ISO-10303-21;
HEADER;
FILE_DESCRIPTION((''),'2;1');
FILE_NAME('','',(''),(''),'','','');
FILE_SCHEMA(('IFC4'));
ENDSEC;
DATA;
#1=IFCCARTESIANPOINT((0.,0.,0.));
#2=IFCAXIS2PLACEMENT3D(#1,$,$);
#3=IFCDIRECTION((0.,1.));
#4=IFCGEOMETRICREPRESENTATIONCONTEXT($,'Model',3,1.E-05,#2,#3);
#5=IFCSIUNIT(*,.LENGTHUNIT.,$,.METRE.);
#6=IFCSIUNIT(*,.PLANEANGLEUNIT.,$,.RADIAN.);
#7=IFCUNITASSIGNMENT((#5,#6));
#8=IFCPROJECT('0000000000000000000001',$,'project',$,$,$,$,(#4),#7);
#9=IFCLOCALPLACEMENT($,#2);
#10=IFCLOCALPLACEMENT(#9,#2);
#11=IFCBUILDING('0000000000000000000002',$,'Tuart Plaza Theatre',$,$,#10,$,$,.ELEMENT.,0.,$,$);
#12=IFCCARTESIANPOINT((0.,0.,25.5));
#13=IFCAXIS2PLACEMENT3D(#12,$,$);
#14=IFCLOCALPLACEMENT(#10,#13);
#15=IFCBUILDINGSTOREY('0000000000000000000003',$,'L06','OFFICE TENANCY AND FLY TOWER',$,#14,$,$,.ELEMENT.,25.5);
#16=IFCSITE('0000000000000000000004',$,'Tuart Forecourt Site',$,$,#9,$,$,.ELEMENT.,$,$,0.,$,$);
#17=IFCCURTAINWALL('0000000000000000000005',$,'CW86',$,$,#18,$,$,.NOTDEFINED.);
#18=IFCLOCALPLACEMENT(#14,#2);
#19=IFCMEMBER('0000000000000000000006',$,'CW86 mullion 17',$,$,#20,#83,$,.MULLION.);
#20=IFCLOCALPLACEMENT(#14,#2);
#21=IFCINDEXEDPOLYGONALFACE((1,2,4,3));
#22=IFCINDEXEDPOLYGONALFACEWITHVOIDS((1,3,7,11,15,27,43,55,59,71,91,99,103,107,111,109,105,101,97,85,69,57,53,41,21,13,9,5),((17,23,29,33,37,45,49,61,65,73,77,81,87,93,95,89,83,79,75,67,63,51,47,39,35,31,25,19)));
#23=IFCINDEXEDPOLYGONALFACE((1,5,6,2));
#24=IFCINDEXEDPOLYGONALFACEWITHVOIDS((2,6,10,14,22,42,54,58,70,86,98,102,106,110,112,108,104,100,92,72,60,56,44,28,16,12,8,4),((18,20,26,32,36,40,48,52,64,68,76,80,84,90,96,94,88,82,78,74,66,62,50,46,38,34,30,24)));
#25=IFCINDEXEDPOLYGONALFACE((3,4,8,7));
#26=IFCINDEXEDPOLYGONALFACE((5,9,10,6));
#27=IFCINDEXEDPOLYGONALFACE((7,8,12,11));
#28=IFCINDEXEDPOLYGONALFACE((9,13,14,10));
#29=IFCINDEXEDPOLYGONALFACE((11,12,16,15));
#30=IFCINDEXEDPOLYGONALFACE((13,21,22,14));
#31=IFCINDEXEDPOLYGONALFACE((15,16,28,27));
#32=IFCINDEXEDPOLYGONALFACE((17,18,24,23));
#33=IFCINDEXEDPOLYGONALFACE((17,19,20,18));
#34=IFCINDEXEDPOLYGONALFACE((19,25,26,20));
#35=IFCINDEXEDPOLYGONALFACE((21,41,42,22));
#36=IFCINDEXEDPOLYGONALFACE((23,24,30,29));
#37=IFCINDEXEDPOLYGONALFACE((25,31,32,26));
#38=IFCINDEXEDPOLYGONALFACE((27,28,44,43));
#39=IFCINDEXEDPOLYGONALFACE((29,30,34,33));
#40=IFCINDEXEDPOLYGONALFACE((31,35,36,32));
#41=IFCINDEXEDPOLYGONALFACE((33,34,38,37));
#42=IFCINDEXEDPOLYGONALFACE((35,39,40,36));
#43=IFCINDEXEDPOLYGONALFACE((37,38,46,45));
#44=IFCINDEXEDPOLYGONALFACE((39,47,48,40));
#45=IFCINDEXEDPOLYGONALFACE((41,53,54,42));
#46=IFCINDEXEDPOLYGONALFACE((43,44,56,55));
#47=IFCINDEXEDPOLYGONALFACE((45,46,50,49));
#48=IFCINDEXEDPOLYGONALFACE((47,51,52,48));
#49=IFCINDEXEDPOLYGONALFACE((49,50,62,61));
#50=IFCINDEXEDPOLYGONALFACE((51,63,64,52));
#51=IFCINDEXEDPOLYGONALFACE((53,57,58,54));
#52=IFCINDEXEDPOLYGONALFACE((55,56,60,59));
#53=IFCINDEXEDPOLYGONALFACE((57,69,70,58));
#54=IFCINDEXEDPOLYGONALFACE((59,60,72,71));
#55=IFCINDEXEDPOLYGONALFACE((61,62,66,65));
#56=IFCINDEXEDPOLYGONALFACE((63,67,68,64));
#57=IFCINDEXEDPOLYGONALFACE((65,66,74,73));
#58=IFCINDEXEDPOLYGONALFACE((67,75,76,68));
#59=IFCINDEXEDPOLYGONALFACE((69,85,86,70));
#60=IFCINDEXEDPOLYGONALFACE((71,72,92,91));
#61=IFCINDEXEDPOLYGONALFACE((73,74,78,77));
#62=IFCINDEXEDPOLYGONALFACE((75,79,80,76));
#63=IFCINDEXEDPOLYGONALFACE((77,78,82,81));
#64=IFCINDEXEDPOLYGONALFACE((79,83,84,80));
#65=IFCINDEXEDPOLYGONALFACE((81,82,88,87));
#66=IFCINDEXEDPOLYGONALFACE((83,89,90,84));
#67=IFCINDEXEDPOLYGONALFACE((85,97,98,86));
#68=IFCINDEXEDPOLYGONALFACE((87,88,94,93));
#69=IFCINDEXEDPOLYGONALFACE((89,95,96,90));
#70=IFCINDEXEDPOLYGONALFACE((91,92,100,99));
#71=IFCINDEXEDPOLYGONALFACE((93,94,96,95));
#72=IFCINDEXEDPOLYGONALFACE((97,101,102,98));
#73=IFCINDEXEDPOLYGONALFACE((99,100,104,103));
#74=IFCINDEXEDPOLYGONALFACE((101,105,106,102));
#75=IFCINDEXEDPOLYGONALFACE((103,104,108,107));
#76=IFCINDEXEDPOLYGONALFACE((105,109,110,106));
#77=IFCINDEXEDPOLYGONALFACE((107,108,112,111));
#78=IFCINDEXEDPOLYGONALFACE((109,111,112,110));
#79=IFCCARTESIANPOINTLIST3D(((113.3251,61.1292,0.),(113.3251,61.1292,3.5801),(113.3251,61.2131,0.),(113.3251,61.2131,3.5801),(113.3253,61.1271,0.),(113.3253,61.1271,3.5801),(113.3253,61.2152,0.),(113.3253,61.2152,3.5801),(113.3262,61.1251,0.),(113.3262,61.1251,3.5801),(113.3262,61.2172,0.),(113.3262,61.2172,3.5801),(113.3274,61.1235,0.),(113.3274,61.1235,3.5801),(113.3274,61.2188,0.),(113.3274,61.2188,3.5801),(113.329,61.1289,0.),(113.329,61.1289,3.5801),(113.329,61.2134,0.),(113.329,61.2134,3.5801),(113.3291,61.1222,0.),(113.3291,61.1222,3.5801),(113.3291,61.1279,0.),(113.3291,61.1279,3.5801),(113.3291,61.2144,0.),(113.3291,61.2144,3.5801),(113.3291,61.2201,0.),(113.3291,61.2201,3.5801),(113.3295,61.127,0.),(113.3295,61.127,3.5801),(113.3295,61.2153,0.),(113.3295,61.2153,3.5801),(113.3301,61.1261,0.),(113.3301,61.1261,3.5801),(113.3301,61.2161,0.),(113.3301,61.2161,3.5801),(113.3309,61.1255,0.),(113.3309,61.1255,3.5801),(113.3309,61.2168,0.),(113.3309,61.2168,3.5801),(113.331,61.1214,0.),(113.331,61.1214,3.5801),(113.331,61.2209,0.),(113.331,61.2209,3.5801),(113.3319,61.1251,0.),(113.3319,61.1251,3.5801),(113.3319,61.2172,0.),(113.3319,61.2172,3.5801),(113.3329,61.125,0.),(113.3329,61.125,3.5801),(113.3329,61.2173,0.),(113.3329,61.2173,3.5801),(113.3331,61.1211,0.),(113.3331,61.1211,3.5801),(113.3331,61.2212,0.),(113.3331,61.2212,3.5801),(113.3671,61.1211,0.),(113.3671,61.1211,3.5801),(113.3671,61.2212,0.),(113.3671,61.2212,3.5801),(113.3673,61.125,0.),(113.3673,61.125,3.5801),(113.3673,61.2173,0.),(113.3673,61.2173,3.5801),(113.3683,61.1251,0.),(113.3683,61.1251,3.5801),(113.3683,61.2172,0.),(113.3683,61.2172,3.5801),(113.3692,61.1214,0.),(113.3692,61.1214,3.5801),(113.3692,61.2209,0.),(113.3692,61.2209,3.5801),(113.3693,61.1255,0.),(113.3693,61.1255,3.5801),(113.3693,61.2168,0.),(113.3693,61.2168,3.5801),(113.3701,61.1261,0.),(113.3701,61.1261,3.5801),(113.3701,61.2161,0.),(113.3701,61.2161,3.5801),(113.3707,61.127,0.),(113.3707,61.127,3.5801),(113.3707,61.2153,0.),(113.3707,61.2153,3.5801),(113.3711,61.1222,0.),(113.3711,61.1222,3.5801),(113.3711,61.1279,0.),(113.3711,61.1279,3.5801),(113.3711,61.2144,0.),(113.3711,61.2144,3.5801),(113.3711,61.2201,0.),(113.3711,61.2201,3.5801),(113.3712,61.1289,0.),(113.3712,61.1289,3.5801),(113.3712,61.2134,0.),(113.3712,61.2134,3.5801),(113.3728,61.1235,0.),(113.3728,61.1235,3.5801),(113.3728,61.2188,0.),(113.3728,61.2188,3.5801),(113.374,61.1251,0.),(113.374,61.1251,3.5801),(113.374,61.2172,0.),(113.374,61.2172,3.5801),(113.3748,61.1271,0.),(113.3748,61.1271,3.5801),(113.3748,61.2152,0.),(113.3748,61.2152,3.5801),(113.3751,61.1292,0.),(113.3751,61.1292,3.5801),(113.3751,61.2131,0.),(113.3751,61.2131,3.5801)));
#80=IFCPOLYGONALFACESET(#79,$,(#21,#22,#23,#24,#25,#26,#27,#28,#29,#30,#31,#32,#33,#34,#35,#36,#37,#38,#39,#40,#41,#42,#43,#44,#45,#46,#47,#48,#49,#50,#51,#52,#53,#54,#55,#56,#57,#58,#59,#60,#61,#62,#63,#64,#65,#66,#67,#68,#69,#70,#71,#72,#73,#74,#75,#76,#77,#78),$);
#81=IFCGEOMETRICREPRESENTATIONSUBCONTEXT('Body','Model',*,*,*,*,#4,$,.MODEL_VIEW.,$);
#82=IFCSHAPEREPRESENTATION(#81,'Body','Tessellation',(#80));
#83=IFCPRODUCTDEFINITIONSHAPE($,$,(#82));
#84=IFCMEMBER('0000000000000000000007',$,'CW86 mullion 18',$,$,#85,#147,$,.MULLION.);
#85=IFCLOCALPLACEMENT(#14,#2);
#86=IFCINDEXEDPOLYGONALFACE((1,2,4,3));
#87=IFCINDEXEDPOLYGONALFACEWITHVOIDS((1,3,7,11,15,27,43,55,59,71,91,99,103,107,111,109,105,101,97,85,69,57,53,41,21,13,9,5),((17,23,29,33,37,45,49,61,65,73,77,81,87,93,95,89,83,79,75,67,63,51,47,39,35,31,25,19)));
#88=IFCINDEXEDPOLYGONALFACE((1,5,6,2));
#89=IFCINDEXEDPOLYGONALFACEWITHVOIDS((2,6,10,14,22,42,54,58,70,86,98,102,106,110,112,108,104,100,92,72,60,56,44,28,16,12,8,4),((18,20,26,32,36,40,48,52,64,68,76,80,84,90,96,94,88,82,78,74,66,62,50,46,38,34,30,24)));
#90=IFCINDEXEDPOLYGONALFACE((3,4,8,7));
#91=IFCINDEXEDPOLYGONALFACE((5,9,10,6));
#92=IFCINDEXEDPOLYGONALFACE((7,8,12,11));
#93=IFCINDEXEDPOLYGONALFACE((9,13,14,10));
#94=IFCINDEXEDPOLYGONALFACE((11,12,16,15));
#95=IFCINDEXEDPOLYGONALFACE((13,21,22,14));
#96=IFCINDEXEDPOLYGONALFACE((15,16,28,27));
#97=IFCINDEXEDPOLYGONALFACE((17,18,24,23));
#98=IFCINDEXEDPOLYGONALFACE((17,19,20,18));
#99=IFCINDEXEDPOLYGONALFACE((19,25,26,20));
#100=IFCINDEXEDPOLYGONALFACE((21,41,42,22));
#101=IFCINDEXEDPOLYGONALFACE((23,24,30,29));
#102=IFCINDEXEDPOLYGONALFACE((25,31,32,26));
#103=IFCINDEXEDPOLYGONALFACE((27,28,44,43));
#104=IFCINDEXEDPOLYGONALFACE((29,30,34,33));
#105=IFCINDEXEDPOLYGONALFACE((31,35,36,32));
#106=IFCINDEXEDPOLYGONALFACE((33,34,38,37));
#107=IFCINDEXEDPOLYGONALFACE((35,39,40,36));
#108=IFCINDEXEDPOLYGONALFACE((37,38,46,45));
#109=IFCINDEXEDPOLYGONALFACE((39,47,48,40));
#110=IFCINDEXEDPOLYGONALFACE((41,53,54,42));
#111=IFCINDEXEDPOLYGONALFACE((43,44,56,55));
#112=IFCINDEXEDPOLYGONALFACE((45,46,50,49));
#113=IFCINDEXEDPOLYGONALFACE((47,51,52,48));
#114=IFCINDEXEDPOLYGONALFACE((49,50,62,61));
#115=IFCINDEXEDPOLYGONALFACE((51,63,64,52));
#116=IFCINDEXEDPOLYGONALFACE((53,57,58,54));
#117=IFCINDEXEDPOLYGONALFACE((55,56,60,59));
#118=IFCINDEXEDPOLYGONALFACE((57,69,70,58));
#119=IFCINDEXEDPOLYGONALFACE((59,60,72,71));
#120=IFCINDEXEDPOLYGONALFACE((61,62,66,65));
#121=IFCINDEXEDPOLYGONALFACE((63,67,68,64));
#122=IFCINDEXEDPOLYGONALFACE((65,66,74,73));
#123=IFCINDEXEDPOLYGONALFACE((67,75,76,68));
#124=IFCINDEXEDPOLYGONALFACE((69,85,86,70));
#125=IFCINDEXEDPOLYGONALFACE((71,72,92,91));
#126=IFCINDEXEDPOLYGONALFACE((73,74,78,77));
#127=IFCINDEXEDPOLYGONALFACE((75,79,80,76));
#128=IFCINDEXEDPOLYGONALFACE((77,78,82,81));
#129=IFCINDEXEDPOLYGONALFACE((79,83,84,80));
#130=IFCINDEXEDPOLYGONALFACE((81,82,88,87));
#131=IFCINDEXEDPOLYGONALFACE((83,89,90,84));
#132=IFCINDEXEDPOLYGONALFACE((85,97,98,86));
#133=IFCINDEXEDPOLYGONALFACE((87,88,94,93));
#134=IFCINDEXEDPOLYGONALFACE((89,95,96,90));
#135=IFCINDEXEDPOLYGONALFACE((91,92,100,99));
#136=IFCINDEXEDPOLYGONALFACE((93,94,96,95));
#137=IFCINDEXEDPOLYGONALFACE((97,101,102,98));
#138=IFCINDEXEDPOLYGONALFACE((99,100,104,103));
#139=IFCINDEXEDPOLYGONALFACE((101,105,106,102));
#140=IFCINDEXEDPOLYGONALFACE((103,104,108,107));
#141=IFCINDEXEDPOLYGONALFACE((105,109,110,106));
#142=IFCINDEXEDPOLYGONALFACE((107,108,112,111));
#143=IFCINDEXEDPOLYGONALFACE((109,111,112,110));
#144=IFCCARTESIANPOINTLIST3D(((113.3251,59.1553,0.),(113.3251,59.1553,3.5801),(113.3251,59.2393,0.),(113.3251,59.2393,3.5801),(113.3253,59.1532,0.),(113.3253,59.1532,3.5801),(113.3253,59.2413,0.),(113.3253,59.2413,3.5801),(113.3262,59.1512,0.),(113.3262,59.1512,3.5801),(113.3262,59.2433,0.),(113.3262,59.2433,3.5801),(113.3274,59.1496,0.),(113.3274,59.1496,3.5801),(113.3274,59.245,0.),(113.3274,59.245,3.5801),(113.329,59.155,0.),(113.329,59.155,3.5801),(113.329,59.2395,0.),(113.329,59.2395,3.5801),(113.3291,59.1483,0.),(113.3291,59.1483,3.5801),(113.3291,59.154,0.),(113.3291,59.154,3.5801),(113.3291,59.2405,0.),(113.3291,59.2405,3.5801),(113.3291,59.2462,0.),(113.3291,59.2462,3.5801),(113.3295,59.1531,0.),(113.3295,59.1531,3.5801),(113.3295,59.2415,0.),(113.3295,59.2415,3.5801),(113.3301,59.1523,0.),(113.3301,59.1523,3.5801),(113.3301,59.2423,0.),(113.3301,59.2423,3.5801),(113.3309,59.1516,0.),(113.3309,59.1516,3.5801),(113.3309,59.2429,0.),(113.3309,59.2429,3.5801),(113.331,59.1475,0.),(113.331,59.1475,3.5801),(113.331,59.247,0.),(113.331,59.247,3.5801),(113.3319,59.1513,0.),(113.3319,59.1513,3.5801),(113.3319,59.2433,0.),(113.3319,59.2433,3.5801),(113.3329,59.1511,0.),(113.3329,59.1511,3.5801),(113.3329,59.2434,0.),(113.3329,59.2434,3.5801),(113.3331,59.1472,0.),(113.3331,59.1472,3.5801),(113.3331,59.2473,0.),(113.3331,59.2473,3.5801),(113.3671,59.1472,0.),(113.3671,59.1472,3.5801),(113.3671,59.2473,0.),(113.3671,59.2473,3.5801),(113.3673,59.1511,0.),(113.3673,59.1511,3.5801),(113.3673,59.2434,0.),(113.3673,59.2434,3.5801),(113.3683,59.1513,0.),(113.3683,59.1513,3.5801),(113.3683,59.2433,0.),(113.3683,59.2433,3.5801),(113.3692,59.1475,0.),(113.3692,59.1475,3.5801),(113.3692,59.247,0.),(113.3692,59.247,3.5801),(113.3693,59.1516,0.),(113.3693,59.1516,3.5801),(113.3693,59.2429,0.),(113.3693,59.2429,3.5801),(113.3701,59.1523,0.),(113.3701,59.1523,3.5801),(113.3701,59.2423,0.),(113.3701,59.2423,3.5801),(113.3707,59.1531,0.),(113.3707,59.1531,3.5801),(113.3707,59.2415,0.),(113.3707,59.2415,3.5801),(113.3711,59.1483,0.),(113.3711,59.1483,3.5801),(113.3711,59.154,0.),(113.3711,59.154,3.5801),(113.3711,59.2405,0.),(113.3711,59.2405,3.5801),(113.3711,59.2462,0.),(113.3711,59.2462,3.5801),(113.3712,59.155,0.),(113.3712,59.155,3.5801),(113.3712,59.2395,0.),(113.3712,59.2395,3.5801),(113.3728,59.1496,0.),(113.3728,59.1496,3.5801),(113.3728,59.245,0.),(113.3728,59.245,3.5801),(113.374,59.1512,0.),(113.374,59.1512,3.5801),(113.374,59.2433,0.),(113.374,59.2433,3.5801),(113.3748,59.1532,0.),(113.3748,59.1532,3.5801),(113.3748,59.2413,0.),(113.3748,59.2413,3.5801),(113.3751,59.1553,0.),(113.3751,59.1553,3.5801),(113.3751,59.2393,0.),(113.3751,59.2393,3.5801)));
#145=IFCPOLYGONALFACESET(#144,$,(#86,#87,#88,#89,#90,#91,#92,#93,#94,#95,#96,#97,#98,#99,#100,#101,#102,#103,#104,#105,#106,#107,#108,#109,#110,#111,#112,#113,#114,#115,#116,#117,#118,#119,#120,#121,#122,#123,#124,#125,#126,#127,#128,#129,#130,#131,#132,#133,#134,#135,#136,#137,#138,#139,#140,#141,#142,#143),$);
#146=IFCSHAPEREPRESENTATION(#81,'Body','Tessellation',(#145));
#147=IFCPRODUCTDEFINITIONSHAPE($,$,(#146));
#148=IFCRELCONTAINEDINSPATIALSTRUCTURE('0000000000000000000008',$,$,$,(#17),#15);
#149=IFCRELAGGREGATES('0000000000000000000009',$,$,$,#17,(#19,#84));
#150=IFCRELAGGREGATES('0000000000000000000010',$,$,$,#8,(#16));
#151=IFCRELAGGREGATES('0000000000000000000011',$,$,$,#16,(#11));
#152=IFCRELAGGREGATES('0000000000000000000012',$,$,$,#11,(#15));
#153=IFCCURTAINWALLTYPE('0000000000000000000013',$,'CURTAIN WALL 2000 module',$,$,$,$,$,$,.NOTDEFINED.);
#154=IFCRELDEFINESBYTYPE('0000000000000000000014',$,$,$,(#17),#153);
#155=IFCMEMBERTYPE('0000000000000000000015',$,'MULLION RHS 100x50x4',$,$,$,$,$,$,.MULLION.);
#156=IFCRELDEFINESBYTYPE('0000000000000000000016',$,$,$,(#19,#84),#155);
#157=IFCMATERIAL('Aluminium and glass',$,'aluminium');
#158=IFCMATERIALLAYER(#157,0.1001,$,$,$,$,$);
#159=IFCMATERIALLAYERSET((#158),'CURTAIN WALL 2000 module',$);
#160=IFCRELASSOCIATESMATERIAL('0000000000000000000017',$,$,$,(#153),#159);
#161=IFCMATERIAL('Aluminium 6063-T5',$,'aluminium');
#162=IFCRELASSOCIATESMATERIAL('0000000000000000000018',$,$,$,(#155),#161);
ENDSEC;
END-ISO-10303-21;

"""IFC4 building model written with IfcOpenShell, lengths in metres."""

from ifc_helpers import new_model, si_unit, direction, frame, origin, origin_2d, place, context, subcontext, project, spatial, hollow_rectangle, extrude, material, layer, layer_set, material_profile, profile_set, type_object, element, aggregate, save


model = new_model("IFC4")

# Units and contexts
model_context = context("Model", 3, precision=1e-05, world=origin(), true_north=direction((0.0, 1.0)))
body_context = subcontext(model_context, "Body", "Model", "MODEL_VIEW")
ifc_project = project(units=[si_unit("LENGTHUNIT", "METRE"), si_unit("PLANEANGLEUNIT", "RADIAN")], contexts=[model_context])

# Site, building, storey
site_placement = place(None, origin())
site = spatial("IfcSite", under=ifc_project, at=site_placement, Name="Tuart Forecourt Site", CompositionType="ELEMENT", RefElevation=0.0)
building_placement = place(site_placement, origin())
building = spatial("IfcBuilding", under=site, at=building_placement, Name="Tuart Plaza Theatre", CompositionType="ELEMENT", ElevationOfRefHeight=0.0)
storey_placement = place(building_placement, frame((0.0, 0.0, 25.5)))
storey = spatial("IfcBuildingStorey", under=building, at=storey_placement, Name="L06", Description="OFFICE TENANCY AND FLY TOWER", CompositionType="ELEMENT", Elevation=25.5)

# Curtain wall, members
ifc_material_1 = material(Name="Aluminium and glass", Category="aluminium")
ifc_layer_1 = layer(ifc_material_1, 0.1001)
ifc_layer_set_1 = layer_set([ifc_layer_1], Name="CURTAIN WALL 2000 module")
curtain_wall_type = type_object("IfcCurtainWallType", Name="CURTAIN WALL 2000 module", PredefinedType="NOTDEFINED", material=ifc_layer_set_1)
curtain_wall_placement = place(storey_placement, origin())
curtain_wall = element("IfcCurtainWall", 1, at=curtain_wall_placement, inside=storey, type_object=curtain_wall_type, Name="CW86", PredefinedType="NOTDEFINED")
ifc_material_2 = material(Name="Aluminium 6063-T5", Category="aluminium")
ifc_material_profile_1 = material_profile(ifc_material_2, hollow_rectangle(XDim=0.05, YDim=0.1001, WallThickness=0.0039, InnerFilletRadius=0.0039, OuterFilletRadius=0.0081, at=origin_2d()), Name="RHS 100x50x4")
ifc_profile_set_1 = profile_set([ifc_material_profile_1], Name="Aluminium 6063-T5")
member_type_1 = type_object("IfcMemberType", Name="MULLION RHS 100x50x4", PredefinedType="MULLION", material=ifc_profile_set_1)
member_1_placement = place(storey_placement, frame((113.3501, 61.1711, 0.0), z_axis=(0.0, 0.0, 1.0), x_axis=(1.0, 0.0, 0.0)))
member_1 = element("IfcMember", 2, at=member_1_placement, type_object=member_type_1, Name="CW86 mullion 17", PredefinedType="MULLION", context=body_context, shape_type="SweptSolid", body=[
    extrude(hollow_rectangle(XDim=0.05, YDim=0.1001, WallThickness=0.0039, InnerFilletRadius=0.0039, OuterFilletRadius=0.0081, at=origin_2d()), origin(), (0.0, 0.0, 1.0), 3.5801),
])
member_2_placement = place(storey_placement, frame((113.3501, 59.1973, 0.0), z_axis=(0.0, 0.0, 1.0), x_axis=(1.0, 0.0, 0.0)))
member_2 = element("IfcMember", 3, at=member_2_placement, type_object=member_type_1, Name="CW86 mullion 18", PredefinedType="MULLION", context=body_context, shape_type="SweptSolid", body=[
    extrude(hollow_rectangle(XDim=0.05, YDim=0.1001, WallThickness=0.0039, InnerFilletRadius=0.0039, OuterFilletRadius=0.0081, at=origin_2d()), origin(), (0.0, 0.0, 1.0), 3.5801),
])
aggregate(curtain_wall, [member_1, member_2])

save(model, "model.ifc")
